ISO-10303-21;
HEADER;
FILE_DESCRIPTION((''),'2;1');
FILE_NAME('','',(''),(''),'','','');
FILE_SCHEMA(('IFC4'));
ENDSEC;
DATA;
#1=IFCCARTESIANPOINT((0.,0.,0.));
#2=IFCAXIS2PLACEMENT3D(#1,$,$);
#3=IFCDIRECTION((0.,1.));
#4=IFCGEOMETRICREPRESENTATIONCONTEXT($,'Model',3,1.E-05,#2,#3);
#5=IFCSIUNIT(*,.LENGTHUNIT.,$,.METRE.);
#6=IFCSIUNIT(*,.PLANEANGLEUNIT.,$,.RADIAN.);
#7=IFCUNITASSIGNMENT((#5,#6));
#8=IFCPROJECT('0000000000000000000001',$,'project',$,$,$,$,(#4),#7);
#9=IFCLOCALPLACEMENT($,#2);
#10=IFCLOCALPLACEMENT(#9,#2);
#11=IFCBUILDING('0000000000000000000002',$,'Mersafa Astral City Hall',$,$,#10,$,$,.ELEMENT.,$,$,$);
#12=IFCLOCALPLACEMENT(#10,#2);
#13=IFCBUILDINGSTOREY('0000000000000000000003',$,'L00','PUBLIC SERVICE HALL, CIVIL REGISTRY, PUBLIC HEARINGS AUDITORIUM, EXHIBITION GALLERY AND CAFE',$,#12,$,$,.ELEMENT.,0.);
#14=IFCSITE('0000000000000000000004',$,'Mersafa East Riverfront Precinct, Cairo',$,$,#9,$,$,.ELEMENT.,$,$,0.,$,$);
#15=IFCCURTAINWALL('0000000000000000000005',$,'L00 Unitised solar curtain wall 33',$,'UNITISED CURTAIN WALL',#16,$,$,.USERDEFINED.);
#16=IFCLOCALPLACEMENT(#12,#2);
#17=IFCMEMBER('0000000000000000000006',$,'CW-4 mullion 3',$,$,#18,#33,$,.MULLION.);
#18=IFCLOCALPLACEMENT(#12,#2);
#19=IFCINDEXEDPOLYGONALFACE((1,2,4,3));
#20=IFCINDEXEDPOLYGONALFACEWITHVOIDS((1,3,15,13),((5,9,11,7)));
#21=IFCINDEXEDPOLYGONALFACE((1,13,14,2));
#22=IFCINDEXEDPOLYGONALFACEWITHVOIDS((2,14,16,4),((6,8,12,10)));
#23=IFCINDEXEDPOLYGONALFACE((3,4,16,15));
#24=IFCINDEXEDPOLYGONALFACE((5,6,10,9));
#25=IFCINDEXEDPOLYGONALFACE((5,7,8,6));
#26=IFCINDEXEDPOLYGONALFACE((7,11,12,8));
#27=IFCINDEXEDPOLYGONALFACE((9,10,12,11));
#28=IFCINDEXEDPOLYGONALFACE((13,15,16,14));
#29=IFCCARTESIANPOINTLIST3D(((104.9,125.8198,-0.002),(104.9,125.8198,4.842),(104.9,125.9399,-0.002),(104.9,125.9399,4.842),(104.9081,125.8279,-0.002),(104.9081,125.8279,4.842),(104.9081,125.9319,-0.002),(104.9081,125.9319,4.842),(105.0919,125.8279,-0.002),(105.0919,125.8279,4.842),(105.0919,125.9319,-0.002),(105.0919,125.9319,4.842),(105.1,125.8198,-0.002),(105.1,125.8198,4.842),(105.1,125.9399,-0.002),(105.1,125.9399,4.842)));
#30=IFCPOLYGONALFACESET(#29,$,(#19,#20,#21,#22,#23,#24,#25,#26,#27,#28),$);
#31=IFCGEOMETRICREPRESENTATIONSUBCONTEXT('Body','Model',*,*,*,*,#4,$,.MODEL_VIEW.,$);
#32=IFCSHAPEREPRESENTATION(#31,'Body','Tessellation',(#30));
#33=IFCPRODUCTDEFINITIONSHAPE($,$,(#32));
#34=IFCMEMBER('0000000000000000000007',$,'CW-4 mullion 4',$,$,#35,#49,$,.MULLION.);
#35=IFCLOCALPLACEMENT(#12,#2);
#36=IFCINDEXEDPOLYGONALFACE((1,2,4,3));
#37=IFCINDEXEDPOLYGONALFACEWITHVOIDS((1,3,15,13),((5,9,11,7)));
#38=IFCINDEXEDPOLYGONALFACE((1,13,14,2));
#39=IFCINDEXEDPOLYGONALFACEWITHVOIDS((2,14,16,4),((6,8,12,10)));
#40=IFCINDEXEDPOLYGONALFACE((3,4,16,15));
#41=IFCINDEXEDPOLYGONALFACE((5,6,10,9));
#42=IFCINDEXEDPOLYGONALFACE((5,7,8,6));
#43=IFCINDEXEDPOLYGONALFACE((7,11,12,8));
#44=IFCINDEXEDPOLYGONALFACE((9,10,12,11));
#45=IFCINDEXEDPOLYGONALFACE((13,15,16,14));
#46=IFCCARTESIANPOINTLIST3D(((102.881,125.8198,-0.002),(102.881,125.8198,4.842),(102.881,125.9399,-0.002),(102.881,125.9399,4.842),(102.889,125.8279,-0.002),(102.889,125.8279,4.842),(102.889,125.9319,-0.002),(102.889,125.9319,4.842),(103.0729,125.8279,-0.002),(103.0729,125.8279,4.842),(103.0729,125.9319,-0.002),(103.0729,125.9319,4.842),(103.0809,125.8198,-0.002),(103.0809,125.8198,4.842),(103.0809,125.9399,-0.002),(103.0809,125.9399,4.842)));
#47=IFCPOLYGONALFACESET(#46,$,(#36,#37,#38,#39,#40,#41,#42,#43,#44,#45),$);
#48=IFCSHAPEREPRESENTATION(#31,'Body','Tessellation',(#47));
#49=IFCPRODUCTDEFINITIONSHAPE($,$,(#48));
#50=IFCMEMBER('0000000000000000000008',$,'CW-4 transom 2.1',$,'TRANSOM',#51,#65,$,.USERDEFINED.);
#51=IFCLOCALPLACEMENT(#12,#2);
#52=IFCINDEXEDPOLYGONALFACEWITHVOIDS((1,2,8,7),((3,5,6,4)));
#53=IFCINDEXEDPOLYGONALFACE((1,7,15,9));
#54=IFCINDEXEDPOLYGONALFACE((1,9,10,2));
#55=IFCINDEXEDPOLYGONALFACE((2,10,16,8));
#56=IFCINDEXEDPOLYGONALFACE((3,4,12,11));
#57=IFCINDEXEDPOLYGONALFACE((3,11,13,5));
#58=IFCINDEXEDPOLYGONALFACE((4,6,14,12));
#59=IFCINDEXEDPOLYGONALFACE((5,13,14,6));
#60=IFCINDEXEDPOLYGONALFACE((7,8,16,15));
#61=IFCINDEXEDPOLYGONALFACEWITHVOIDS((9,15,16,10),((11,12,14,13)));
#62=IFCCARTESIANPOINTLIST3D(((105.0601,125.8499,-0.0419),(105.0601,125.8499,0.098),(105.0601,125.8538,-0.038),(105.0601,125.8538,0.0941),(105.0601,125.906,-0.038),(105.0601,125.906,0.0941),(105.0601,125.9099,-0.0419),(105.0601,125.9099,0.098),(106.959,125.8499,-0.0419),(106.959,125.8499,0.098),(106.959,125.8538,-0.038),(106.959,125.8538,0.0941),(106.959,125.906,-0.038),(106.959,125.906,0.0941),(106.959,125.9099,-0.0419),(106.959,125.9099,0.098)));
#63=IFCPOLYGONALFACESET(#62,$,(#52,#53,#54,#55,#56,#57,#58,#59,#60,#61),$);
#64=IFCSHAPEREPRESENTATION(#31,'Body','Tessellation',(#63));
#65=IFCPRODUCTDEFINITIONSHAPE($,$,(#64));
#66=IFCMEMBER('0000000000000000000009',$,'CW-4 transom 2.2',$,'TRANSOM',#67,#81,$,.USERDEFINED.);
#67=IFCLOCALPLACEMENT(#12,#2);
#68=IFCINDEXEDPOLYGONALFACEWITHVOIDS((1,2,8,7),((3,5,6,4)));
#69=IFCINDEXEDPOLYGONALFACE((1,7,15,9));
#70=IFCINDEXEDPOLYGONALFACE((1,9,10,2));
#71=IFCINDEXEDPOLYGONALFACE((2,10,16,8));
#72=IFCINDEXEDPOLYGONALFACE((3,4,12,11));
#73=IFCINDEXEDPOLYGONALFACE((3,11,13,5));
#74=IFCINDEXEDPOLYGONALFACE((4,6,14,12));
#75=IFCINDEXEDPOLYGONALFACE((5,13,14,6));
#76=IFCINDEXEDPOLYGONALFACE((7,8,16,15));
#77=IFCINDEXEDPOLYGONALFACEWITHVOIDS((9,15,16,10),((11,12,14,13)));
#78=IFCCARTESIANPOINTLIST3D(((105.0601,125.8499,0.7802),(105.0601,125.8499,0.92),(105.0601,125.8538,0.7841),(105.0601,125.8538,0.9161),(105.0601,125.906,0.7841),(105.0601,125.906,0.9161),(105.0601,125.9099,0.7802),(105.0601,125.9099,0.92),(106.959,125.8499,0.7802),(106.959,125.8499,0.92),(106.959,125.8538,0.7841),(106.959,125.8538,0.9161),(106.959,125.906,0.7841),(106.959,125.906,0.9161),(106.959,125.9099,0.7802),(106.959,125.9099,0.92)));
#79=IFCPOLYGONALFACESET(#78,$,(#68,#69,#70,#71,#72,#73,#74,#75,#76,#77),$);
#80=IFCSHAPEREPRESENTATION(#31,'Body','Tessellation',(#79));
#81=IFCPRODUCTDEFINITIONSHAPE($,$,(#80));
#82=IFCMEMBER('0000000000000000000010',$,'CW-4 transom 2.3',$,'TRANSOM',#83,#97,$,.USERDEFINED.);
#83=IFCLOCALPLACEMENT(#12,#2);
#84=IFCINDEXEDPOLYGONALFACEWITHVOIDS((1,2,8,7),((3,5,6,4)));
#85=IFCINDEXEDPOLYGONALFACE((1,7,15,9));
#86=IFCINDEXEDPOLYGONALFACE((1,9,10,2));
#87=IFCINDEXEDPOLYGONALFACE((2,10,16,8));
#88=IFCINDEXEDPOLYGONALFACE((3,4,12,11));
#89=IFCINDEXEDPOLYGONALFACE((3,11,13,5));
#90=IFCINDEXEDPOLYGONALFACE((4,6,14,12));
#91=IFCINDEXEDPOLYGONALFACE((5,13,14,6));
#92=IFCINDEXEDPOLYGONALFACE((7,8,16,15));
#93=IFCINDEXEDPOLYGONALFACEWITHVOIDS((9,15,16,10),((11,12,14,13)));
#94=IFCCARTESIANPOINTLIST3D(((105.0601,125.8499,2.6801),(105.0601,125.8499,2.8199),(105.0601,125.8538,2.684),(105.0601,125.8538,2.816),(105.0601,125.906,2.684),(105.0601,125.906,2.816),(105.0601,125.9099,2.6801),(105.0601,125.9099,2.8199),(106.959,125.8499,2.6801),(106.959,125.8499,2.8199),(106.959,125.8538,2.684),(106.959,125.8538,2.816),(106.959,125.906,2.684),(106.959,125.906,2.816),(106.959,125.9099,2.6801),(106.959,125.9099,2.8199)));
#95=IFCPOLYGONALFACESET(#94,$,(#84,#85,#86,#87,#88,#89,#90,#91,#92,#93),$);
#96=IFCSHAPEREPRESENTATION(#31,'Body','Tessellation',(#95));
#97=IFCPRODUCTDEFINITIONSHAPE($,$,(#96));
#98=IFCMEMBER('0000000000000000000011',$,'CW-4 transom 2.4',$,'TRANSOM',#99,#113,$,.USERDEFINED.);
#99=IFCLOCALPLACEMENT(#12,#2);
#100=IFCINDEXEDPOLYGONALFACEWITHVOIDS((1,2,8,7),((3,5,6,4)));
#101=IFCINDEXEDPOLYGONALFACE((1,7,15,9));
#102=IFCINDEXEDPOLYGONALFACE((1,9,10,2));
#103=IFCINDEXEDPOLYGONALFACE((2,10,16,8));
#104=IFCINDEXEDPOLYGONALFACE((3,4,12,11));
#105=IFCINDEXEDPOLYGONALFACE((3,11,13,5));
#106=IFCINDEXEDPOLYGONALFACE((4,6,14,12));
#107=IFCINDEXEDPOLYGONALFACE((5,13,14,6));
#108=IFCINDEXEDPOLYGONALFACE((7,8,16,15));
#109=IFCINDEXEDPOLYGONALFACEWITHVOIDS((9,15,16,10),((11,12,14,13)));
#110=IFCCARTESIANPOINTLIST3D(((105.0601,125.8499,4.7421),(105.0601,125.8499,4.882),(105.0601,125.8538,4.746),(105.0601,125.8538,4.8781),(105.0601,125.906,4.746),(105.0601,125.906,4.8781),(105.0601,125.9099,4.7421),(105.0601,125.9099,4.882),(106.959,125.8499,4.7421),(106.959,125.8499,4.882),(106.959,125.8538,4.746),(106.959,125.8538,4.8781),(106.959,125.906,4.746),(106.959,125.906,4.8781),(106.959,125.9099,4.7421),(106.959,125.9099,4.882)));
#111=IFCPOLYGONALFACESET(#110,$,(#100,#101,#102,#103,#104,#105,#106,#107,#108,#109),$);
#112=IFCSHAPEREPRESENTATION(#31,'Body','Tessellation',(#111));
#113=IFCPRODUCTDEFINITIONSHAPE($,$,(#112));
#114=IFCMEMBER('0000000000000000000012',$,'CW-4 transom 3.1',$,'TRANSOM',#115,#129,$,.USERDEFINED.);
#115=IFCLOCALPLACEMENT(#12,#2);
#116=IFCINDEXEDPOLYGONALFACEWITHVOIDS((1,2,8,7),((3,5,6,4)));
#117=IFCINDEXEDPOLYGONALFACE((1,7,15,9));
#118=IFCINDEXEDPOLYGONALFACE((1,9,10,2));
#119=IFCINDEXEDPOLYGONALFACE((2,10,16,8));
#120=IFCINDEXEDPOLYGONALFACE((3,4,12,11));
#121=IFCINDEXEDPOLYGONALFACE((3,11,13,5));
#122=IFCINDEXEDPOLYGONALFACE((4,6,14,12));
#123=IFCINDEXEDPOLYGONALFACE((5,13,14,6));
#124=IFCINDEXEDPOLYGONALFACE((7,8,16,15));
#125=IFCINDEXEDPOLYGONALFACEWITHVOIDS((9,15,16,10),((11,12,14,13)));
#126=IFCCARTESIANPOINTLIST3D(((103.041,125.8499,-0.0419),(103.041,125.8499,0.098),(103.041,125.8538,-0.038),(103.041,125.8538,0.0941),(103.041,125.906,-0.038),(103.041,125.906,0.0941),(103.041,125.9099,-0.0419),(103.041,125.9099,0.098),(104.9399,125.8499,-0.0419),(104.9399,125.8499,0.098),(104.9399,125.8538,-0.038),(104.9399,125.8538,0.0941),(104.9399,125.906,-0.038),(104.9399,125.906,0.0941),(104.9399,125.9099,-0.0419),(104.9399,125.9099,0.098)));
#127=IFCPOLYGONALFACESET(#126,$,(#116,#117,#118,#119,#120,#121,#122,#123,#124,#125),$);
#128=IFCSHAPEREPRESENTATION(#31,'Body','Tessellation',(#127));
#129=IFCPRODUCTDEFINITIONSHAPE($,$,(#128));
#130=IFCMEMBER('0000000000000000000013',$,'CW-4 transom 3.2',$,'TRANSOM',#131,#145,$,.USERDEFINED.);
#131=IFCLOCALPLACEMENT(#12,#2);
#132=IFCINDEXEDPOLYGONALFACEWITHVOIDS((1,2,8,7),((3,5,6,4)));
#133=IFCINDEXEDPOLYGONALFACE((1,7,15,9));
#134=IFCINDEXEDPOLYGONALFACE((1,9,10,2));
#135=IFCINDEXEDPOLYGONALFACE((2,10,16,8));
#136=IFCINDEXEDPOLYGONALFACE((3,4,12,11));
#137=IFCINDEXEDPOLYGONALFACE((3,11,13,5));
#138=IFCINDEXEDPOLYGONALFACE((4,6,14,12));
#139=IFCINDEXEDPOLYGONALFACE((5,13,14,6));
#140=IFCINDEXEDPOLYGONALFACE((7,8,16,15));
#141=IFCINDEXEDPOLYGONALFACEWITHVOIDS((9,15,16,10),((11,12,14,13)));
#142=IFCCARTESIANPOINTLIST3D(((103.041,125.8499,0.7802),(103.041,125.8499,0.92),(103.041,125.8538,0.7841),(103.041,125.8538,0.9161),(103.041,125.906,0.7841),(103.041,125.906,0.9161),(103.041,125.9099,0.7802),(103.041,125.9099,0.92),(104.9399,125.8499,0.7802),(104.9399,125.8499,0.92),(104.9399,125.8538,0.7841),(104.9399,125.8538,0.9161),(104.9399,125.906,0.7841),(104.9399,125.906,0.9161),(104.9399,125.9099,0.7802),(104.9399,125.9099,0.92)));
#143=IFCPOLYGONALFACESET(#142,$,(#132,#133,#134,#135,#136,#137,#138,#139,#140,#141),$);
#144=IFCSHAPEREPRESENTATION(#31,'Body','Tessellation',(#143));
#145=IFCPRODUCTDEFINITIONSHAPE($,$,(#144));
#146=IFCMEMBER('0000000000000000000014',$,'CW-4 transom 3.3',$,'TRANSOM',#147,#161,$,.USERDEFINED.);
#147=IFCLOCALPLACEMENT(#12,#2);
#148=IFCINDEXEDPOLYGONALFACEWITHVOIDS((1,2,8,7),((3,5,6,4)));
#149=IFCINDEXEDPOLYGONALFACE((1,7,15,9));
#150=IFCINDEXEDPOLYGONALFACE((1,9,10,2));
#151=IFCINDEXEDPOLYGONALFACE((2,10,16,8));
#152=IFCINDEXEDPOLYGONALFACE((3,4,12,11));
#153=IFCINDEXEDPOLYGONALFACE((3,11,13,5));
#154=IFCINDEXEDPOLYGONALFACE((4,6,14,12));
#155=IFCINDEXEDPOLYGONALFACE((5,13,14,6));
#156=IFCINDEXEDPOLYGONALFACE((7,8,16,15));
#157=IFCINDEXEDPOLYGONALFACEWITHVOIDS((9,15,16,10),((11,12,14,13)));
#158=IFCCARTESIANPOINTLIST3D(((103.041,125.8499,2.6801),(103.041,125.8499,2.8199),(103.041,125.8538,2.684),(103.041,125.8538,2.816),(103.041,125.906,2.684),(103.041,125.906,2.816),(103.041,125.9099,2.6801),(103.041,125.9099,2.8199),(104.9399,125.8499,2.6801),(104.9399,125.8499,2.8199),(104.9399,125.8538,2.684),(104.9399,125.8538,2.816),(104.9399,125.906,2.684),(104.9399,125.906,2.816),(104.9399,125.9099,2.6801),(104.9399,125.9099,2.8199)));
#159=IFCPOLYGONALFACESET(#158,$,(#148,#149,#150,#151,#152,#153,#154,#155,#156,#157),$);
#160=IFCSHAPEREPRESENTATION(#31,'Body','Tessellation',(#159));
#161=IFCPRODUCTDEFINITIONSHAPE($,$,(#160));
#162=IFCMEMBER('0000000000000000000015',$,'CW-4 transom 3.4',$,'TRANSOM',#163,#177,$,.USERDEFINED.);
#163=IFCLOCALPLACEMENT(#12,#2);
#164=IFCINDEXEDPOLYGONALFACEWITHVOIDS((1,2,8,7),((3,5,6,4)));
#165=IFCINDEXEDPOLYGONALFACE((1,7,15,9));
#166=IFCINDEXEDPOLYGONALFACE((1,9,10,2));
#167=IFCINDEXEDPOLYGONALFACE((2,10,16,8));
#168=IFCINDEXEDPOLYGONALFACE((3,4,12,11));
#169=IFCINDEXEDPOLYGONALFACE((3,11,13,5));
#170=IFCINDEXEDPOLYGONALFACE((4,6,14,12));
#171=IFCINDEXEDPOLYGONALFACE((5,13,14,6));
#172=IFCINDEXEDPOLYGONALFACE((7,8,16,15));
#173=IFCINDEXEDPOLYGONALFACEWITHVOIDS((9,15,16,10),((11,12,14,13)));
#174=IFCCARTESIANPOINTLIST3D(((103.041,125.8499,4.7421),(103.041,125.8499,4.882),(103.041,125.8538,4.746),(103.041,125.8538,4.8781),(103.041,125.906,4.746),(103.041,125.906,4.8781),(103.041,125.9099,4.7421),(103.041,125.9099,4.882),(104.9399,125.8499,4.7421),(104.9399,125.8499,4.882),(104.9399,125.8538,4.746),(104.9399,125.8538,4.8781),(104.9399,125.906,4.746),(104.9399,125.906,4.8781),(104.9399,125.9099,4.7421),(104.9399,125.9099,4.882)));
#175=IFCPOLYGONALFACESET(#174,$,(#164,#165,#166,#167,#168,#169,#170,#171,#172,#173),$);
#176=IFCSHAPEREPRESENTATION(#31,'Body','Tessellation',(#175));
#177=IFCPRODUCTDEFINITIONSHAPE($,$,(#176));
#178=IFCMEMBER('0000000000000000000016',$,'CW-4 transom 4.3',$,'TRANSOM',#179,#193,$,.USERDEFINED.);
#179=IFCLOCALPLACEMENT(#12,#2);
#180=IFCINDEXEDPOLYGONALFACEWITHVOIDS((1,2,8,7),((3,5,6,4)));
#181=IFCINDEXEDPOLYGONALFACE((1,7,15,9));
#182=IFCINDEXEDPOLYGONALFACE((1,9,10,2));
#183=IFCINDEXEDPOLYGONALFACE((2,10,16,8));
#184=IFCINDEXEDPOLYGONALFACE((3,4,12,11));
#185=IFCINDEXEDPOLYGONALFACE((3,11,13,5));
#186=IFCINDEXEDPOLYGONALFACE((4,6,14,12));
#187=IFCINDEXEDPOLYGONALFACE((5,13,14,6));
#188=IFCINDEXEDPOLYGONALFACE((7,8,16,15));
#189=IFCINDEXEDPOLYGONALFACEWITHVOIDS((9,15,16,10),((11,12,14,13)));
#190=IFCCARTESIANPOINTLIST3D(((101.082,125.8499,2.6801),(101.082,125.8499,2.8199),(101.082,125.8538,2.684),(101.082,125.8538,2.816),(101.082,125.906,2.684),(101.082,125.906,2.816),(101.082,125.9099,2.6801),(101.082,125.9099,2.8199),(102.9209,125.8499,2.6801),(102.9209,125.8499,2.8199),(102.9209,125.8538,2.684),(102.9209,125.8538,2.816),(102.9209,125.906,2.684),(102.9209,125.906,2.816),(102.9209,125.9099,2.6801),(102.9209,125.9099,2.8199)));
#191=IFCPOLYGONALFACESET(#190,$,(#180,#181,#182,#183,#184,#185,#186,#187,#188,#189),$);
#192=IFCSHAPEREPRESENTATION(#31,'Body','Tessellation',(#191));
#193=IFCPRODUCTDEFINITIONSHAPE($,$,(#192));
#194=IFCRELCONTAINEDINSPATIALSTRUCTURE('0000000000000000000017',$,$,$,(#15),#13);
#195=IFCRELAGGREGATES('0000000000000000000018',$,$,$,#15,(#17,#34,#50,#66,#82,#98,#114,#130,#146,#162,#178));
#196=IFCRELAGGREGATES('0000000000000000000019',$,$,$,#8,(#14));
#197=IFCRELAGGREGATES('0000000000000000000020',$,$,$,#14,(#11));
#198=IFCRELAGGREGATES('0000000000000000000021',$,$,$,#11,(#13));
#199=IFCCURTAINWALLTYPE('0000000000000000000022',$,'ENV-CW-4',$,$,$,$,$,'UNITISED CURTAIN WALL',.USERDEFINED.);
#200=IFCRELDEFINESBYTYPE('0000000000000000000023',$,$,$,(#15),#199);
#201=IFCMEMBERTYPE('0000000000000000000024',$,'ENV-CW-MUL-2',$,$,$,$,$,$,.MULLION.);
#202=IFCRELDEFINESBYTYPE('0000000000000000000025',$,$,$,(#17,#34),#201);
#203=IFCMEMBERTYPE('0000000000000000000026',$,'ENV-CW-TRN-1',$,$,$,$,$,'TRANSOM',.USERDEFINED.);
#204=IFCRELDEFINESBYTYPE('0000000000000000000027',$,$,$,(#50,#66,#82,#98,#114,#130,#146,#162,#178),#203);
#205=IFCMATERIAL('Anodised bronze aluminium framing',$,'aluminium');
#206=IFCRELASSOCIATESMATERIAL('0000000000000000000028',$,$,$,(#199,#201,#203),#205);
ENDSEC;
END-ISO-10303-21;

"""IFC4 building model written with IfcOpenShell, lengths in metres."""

from ifc_helpers import new_model, si_unit, direction, frame, origin, origin_2d, place, context, subcontext, project, spatial, hollow_rectangle, extrude, material, material_profile, profile_set, type_object, element, aggregate, save


model = new_model("IFC4")

# Units and contexts
model_context = context("Model", 3, precision=1e-05, world=origin(), true_north=direction((0.0, 1.0)))
body_context = subcontext(model_context, "Body", "Model", "MODEL_VIEW")
ifc_project = project(units=[si_unit("LENGTHUNIT", "METRE"), si_unit("PLANEANGLEUNIT", "RADIAN")], contexts=[model_context])

# Site, building, storey
site_placement = place(None, origin())
site = spatial("IfcSite", under=ifc_project, at=site_placement, Name="Mersafa East Riverfront Precinct, Cairo", CompositionType="ELEMENT", RefElevation=0.0)
building_placement = place(site_placement, origin())
building = spatial("IfcBuilding", under=site, at=building_placement, Name="Mersafa Astral City Hall", CompositionType="ELEMENT")
storey_placement = place(building_placement, origin())
storey = spatial("IfcBuildingStorey", under=building, at=storey_placement, Name="L00", Description="PUBLIC SERVICE HALL, CIVIL REGISTRY, PUBLIC HEARINGS AUDITORIUM, EXHIBITION GALLERY AND CAFE", CompositionType="ELEMENT", Elevation=0.0)

# Curtain wall, members
ifc_material_1 = material(Name="Anodised bronze aluminium framing", Category="aluminium")
curtain_wall_type = type_object("IfcCurtainWallType", Name="ENV-CW-4", ElementType="UNITISED CURTAIN WALL", PredefinedType="USERDEFINED", material=ifc_material_1)
curtain_wall_placement = place(storey_placement, origin())
curtain_wall = element("IfcCurtainWall", 1, at=curtain_wall_placement, inside=storey, type_object=curtain_wall_type, Name="L00 Unitised solar curtain wall 33", ObjectType="UNITISED CURTAIN WALL", PredefinedType="USERDEFINED")
ifc_material_profile_1 = material_profile(ifc_material_1, hollow_rectangle(XDim=0.1201, YDim=0.2, WallThickness=0.0081, at=origin_2d()), Name="RHS 120x200x8")
ifc_profile_set_1 = profile_set([ifc_material_profile_1], Name="Anodised bronze aluminium framing")
member_type_1 = type_object("IfcMemberType", Name="ENV-CW-MUL-2", PredefinedType="MULLION", material=ifc_profile_set_1)
member_1_placement = place(storey_placement, frame((105.0, 125.8799, -0.002), z_axis=(0.0, 0.0, 1.0), x_axis=(0.0, -1.0, 0.0)))
member_1 = element("IfcMember", 2, at=member_1_placement, type_object=member_type_1, Name="CW-4 mullion 3", PredefinedType="MULLION", context=body_context, shape_type="SweptSolid", body=[
    extrude(hollow_rectangle(XDim=0.1201, YDim=0.2, WallThickness=0.0081, at=origin_2d()), origin(), (0.0, 0.0, 1.0), 4.844),
])
member_2_placement = place(storey_placement, frame((102.981, 125.8799, -0.002), z_axis=(0.0, 0.0, 1.0), x_axis=(0.0, -1.0, 0.0)))
member_2 = element("IfcMember", 3, at=member_2_placement, type_object=member_type_1, Name="CW-4 mullion 4", PredefinedType="MULLION", context=body_context, shape_type="SweptSolid", body=[
    extrude(hollow_rectangle(XDim=0.1201, YDim=0.2, WallThickness=0.0081, at=origin_2d()), origin(), (0.0, 0.0, 1.0), 4.844),
])
ifc_material_profile_2 = material_profile(ifc_material_1, hollow_rectangle(XDim=0.0601, YDim=0.1399, WallThickness=0.0039, at=origin_2d()), Name="RHS 60x140x4")
ifc_profile_set_2 = profile_set([ifc_material_profile_2], Name="Anodised bronze aluminium framing")
member_type_2 = type_object("IfcMemberType", Name="ENV-CW-TRN-1", ElementType="TRANSOM", PredefinedType="USERDEFINED", material=ifc_profile_set_2)
member_3_placement = place(storey_placement, frame((106.959, 125.8799, 0.0281), z_axis=(-1.0, 0.0, 0.0), x_axis=(0.0, -1.0, 0.0)))
member_3 = element("IfcMember", 4, at=member_3_placement, type_object=member_type_2, Name="CW-4 transom 2.1", ObjectType="TRANSOM", PredefinedType="USERDEFINED", context=body_context, shape_type="SweptSolid", body=[
    extrude(hollow_rectangle(XDim=0.0601, YDim=0.1399, WallThickness=0.0039, at=origin_2d()), origin(), (0.0, 0.0, 1.0), 1.8989),
])
member_4_placement = place(storey_placement, frame((106.959, 125.8799, 0.8501), z_axis=(-1.0, 0.0, 0.0), x_axis=(0.0, -1.0, 0.0)))
member_4 = element("IfcMember", 5, at=member_4_placement, type_object=member_type_2, Name="CW-4 transom 2.2", ObjectType="TRANSOM", PredefinedType="USERDEFINED", context=body_context, shape_type="SweptSolid", body=[
    extrude(hollow_rectangle(XDim=0.0601, YDim=0.1399, WallThickness=0.0039, at=origin_2d()), origin(), (0.0, 0.0, 1.0), 1.8989),
])
member_5_placement = place(storey_placement, frame((106.959, 125.8799, 2.75), z_axis=(-1.0, 0.0, 0.0), x_axis=(0.0, -1.0, 0.0)))
member_5 = element("IfcMember", 6, at=member_5_placement, type_object=member_type_2, Name="CW-4 transom 2.3", ObjectType="TRANSOM", PredefinedType="USERDEFINED", context=body_context, shape_type="SweptSolid", body=[
    extrude(hollow_rectangle(XDim=0.0601, YDim=0.1399, WallThickness=0.0039, at=origin_2d()), origin(), (0.0, 0.0, 1.0), 1.8989),
])
member_6_placement = place(storey_placement, frame((106.959, 125.8799, 4.812), z_axis=(-1.0, 0.0, 0.0), x_axis=(0.0, -1.0, 0.0)))
member_6 = element("IfcMember", 7, at=member_6_placement, type_object=member_type_2, Name="CW-4 transom 2.4", ObjectType="TRANSOM", PredefinedType="USERDEFINED", context=body_context, shape_type="SweptSolid", body=[
    extrude(hollow_rectangle(XDim=0.0601, YDim=0.1399, WallThickness=0.0039, at=origin_2d()), origin(), (0.0, 0.0, 1.0), 1.8989),
])
member_7_placement = place(storey_placement, frame((104.9399, 125.8799, 0.0281), z_axis=(-1.0, 0.0, 0.0), x_axis=(0.0, -1.0, 0.0)))
member_7 = element("IfcMember", 8, at=member_7_placement, type_object=member_type_2, Name="CW-4 transom 3.1", ObjectType="TRANSOM", PredefinedType="USERDEFINED", context=body_context, shape_type="SweptSolid", body=[
    extrude(hollow_rectangle(XDim=0.0601, YDim=0.1399, WallThickness=0.0039, at=origin_2d()), origin(), (0.0, 0.0, 1.0), 1.8989),
])
member_8_placement = place(storey_placement, frame((104.9399, 125.8799, 0.8501), z_axis=(-1.0, 0.0, 0.0), x_axis=(0.0, -1.0, 0.0)))
member_8 = element("IfcMember", 9, at=member_8_placement, type_object=member_type_2, Name="CW-4 transom 3.2", ObjectType="TRANSOM", PredefinedType="USERDEFINED", context=body_context, shape_type="SweptSolid", body=[
    extrude(hollow_rectangle(XDim=0.0601, YDim=0.1399, WallThickness=0.0039, at=origin_2d()), origin(), (0.0, 0.0, 1.0), 1.8989),
])
member_9_placement = place(storey_placement, frame((104.9399, 125.8799, 2.75), z_axis=(-1.0, 0.0, 0.0), x_axis=(0.0, -1.0, 0.0)))
member_9 = element("IfcMember", 10, at=member_9_placement, type_object=member_type_2, Name="CW-4 transom 3.3", ObjectType="TRANSOM", PredefinedType="USERDEFINED", context=body_context, shape_type="SweptSolid", body=[
    extrude(hollow_rectangle(XDim=0.0601, YDim=0.1399, WallThickness=0.0039, at=origin_2d()), origin(), (0.0, 0.0, 1.0), 1.8989),
])
member_10_placement = place(storey_placement, frame((104.9399, 125.8799, 4.812), z_axis=(-1.0, 0.0, 0.0), x_axis=(0.0, -1.0, 0.0)))
member_10 = element("IfcMember", 11, at=member_10_placement, type_object=member_type_2, Name="CW-4 transom 3.4", ObjectType="TRANSOM", PredefinedType="USERDEFINED", context=body_context, shape_type="SweptSolid", body=[
    extrude(hollow_rectangle(XDim=0.0601, YDim=0.1399, WallThickness=0.0039, at=origin_2d()), origin(), (0.0, 0.0, 1.0), 1.8989),
])
member_11_placement = place(storey_placement, frame((102.9209, 125.8799, 2.75), z_axis=(-1.0, 0.0, 0.0), x_axis=(0.0, -1.0, 0.0)))
member_11 = element("IfcMember", 12, at=member_11_placement, type_object=member_type_2, Name="CW-4 transom 4.3", ObjectType="TRANSOM", PredefinedType="USERDEFINED", context=body_context, shape_type="SweptSolid", body=[
    extrude(hollow_rectangle(XDim=0.0601, YDim=0.1399, WallThickness=0.0039, at=origin_2d()), origin(), (0.0, 0.0, 1.0), 1.8389),
])

aggregate(curtain_wall, [member_1, member_2, member_3, member_4, member_5, member_6, member_7, member_8, member_9, member_10, member_11])

save(model, "model.ifc")
